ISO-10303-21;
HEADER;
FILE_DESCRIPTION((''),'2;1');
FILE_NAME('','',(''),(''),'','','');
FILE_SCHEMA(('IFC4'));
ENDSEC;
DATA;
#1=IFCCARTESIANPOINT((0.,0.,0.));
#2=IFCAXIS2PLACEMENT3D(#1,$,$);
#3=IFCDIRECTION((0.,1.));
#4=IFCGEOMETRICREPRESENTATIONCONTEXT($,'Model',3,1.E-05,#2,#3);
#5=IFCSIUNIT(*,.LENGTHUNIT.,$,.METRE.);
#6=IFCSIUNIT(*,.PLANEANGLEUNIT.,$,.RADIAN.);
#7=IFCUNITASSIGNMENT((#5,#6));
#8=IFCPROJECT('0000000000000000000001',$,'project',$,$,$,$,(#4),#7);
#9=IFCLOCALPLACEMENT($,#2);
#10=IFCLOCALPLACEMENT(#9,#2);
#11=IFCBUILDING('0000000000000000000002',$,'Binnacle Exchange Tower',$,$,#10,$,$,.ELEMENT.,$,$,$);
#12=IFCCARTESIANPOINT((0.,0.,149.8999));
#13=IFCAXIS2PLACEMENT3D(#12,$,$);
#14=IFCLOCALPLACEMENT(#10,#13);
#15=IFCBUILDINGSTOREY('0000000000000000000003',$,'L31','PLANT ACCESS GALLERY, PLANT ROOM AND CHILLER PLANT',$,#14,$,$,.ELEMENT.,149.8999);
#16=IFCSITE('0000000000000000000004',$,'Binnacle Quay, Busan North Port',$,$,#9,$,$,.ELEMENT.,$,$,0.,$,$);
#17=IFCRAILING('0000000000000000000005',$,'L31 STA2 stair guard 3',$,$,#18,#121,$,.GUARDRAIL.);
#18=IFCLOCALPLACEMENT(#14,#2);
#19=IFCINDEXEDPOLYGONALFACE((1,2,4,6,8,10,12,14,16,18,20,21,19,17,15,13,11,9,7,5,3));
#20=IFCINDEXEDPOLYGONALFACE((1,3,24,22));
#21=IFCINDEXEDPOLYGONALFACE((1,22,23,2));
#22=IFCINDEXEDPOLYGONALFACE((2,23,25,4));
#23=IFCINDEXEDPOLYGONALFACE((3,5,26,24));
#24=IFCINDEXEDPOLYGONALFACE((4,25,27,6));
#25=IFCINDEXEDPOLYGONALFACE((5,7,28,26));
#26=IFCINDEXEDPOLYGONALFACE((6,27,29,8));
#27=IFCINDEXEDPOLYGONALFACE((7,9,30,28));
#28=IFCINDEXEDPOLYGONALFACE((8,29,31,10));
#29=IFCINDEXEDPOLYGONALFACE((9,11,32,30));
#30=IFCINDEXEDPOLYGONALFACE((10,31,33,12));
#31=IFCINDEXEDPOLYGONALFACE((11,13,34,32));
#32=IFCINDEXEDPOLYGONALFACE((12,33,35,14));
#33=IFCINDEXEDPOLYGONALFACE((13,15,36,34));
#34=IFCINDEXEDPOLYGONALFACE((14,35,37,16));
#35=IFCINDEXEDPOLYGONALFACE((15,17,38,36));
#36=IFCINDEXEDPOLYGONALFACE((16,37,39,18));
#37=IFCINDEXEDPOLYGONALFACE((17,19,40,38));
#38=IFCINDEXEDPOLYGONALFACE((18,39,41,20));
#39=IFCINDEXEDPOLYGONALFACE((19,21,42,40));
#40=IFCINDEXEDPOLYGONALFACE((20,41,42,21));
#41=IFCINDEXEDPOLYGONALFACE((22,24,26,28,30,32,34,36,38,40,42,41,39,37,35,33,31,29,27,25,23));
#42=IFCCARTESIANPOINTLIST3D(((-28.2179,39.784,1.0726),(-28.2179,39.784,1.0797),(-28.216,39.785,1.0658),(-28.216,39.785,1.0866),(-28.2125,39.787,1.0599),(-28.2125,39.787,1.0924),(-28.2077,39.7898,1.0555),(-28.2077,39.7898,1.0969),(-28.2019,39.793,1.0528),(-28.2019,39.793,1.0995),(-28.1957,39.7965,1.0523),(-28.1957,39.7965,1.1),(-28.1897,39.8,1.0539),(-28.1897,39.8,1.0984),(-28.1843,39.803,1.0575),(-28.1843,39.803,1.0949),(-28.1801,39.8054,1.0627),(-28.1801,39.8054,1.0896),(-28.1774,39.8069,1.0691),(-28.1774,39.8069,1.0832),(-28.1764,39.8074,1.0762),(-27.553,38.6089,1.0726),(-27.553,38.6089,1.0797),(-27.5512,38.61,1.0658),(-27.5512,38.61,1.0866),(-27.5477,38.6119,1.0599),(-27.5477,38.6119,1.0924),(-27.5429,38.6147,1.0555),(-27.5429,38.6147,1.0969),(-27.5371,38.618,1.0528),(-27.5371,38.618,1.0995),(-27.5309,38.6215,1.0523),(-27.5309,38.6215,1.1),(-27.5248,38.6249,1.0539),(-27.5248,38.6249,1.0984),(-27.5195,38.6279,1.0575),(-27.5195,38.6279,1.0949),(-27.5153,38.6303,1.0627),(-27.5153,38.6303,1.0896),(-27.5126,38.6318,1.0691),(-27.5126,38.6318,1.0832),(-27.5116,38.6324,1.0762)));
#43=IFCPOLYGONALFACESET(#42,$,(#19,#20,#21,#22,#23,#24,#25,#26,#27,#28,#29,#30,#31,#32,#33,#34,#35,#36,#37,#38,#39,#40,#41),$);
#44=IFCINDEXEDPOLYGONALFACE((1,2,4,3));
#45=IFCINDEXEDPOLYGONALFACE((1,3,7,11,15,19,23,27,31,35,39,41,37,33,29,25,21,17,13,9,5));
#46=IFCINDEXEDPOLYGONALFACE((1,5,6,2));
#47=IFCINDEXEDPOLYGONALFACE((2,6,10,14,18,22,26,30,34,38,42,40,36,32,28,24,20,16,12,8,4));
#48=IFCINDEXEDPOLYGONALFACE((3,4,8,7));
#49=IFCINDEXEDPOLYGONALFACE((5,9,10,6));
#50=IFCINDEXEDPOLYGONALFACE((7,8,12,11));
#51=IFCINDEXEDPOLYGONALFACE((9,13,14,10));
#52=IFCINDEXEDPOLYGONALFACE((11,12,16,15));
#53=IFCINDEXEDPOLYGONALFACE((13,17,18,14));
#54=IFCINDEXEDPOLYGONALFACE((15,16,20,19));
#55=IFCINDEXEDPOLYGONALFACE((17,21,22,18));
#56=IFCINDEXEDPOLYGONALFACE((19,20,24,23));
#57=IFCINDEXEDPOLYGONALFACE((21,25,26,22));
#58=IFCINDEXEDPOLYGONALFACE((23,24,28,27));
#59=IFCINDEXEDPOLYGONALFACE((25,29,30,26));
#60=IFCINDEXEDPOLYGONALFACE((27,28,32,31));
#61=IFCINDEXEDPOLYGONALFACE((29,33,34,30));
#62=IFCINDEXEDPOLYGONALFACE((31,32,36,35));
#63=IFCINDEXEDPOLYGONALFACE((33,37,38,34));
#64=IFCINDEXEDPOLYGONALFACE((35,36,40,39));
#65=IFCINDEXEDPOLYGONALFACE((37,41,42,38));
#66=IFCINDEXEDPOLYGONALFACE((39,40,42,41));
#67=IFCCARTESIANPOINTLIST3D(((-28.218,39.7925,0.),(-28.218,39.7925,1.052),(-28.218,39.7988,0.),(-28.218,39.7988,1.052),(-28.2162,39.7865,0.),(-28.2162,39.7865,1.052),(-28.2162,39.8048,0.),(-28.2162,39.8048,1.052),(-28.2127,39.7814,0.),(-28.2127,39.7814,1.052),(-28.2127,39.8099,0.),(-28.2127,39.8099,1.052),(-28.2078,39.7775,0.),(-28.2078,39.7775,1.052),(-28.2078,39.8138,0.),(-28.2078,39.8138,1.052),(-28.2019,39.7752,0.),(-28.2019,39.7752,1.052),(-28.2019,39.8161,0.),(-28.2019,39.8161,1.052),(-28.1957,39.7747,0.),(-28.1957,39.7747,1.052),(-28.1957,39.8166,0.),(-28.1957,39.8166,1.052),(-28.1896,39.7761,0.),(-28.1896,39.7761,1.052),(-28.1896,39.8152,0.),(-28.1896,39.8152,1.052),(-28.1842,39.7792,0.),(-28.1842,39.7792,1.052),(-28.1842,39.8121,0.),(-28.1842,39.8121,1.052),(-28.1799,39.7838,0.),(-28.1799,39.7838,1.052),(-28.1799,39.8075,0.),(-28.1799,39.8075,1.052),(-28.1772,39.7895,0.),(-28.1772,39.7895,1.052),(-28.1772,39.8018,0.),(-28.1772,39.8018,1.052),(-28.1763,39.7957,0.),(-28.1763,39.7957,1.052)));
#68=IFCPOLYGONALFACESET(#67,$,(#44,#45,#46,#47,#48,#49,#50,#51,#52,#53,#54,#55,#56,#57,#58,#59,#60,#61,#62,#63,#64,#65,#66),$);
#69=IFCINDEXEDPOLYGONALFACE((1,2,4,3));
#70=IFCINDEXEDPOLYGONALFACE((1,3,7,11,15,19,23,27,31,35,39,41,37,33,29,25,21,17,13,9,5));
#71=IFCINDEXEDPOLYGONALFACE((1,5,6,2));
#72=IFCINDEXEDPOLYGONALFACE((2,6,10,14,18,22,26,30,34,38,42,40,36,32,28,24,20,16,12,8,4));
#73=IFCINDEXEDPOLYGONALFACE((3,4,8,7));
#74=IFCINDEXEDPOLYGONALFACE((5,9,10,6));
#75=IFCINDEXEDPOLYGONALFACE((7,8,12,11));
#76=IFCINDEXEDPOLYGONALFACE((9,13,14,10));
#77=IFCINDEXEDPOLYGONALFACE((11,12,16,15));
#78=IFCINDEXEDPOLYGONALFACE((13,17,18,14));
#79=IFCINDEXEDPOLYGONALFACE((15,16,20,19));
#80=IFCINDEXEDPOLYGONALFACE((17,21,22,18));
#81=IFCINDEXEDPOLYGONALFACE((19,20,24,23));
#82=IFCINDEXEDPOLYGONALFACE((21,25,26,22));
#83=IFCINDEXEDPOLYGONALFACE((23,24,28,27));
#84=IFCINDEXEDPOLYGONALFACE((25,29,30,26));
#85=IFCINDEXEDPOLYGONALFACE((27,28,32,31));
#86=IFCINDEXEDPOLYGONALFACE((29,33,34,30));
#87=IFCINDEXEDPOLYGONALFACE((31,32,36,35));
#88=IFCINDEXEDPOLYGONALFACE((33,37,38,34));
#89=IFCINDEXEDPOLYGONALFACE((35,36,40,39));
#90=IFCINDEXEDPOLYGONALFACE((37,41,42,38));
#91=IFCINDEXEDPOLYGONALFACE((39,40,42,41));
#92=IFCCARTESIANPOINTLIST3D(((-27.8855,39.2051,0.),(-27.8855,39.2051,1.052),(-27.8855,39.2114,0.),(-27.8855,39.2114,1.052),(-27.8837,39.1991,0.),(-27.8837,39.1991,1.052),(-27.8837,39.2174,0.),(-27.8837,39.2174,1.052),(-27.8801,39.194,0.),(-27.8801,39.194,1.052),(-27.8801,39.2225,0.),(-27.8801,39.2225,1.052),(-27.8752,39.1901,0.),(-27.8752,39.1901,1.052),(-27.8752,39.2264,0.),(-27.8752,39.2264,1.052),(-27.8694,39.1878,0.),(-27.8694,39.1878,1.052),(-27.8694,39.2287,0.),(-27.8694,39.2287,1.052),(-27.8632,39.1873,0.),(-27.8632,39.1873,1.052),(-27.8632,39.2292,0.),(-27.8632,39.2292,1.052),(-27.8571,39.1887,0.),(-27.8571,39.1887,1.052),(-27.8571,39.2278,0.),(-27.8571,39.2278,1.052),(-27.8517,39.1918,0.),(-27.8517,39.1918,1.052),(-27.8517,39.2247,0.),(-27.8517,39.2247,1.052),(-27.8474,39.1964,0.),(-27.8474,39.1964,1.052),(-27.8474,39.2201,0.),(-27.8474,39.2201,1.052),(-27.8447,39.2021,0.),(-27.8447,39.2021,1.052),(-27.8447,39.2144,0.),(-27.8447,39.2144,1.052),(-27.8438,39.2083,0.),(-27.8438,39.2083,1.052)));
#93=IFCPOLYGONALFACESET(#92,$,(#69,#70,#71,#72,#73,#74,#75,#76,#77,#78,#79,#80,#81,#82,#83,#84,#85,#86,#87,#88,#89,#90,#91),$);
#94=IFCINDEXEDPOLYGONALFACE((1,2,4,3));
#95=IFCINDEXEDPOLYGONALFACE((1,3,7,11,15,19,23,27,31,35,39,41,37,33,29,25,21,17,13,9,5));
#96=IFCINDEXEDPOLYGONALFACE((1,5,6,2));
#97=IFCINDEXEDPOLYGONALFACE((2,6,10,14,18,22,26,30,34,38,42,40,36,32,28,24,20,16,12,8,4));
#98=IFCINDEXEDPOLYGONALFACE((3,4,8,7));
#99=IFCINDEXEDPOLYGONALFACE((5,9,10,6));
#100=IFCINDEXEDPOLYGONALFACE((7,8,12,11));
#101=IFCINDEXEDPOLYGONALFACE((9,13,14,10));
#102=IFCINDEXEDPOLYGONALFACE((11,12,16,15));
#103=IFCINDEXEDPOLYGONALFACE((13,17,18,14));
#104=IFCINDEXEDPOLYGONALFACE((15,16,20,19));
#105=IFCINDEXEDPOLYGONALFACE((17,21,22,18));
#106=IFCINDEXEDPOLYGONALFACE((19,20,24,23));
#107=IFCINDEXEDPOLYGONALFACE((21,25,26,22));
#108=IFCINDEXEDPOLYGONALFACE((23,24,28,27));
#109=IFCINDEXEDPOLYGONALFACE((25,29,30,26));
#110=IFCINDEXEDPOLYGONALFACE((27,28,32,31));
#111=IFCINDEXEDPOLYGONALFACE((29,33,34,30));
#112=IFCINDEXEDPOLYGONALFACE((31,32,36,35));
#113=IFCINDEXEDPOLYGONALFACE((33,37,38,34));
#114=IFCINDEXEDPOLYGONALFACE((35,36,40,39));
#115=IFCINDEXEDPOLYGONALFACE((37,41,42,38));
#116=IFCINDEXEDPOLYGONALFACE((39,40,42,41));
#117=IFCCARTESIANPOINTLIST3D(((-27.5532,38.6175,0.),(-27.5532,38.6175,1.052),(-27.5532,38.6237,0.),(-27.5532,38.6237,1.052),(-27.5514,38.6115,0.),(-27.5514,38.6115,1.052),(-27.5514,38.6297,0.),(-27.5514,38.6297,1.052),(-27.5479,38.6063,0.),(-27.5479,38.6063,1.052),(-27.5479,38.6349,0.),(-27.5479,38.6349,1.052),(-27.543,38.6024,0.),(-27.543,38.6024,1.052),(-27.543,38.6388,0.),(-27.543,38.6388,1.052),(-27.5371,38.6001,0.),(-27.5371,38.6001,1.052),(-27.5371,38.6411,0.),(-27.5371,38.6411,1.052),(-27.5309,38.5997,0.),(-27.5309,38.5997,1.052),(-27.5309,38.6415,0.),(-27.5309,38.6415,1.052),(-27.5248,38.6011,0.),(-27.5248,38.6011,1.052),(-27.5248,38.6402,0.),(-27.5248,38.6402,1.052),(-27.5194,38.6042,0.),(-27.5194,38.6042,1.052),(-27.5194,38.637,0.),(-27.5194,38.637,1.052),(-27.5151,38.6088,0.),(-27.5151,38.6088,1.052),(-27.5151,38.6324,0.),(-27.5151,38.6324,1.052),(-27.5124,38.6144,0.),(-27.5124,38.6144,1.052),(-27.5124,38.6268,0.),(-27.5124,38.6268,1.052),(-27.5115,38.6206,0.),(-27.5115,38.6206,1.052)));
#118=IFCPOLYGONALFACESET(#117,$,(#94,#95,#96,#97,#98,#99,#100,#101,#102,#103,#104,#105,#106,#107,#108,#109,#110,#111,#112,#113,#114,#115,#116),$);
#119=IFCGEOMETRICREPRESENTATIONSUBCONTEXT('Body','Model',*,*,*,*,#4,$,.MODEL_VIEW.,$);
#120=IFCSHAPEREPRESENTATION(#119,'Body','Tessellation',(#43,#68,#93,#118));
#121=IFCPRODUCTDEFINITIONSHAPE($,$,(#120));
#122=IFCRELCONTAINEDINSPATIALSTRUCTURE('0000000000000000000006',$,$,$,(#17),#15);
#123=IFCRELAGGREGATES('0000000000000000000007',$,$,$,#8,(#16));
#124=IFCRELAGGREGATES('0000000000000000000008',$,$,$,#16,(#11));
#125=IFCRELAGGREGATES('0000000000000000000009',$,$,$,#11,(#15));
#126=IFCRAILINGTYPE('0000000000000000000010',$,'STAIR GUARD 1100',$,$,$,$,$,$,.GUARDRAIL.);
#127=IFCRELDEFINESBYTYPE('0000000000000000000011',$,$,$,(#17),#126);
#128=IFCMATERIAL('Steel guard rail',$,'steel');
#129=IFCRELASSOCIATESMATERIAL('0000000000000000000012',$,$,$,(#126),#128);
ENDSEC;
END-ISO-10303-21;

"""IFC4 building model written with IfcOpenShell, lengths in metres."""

from ifc_helpers import new_model, si_unit, direction, frame, origin, origin_2d, place, context, subcontext, project, spatial, circle, extrude, material, type_object, element, save


model = new_model("IFC4")

# Units and contexts
model_context = context("Model", 3, precision=1e-05, world=origin(), true_north=direction((0.0, 1.0)))
body_context = subcontext(model_context, "Body", "Model", "MODEL_VIEW")
ifc_project = project(units=[si_unit("LENGTHUNIT", "METRE"), si_unit("PLANEANGLEUNIT", "RADIAN")], contexts=[model_context])

# Site, building, storey
site_placement = place(None, origin())
site = spatial("IfcSite", under=ifc_project, at=site_placement, Name="Binnacle Quay, Busan North Port", CompositionType="ELEMENT", RefElevation=0.0)
building_placement = place(site_placement, origin())
building = spatial("IfcBuilding", under=site, at=building_placement, Name="Binnacle Exchange Tower", CompositionType="ELEMENT")
storey_placement = place(building_placement, frame((0.0, 0.0, 149.8999)))
storey = spatial("IfcBuildingStorey", under=building, at=storey_placement, Name="L31", Description="PLANT ACCESS GALLERY, PLANT ROOM AND CHILLER PLANT", CompositionType="ELEMENT", Elevation=149.8999)

# Railing
ifc_material_1 = material(Name="Steel guard rail", Category="steel")
railing_type_1 = type_object("IfcRailingType", Name="STAIR GUARD 1100", PredefinedType="GUARDRAIL", material=ifc_material_1)
railing_1_placement = place(storey_placement, frame((-28.1973, 39.7957, 0.0)))
element("IfcRailing", 1, at=railing_1_placement, inside=storey, type_object=railing_type_1, Name="L31 STA2 stair guard 3", PredefinedType="GUARDRAIL", context=body_context, shape_type="SweptSolid", body=[
    extrude(circle(Radius=0.0239, at=origin_2d()), frame((0.0, 0.0, 1.0762), z_axis=(0.492415, -0.870361, 0.0), x_axis=(0.870361, 0.492415, 0.0)), (0.0, 0.0, 1.0), 1.3501),
    extrude(circle(Radius=0.021, at=origin_2d()), origin(), (0.0, 0.0, 1.0), 1.052),
    extrude(circle(Radius=0.021, at=origin_2d()), frame((0.3325, -0.5874, 0.0)), (0.0, 0.0, 1.0), 1.052),
    extrude(circle(Radius=0.021, at=origin_2d()), frame((0.6648, -1.175, 0.0)), (0.0, 0.0, 1.0), 1.052),
])

save(model, "model.ifc")
